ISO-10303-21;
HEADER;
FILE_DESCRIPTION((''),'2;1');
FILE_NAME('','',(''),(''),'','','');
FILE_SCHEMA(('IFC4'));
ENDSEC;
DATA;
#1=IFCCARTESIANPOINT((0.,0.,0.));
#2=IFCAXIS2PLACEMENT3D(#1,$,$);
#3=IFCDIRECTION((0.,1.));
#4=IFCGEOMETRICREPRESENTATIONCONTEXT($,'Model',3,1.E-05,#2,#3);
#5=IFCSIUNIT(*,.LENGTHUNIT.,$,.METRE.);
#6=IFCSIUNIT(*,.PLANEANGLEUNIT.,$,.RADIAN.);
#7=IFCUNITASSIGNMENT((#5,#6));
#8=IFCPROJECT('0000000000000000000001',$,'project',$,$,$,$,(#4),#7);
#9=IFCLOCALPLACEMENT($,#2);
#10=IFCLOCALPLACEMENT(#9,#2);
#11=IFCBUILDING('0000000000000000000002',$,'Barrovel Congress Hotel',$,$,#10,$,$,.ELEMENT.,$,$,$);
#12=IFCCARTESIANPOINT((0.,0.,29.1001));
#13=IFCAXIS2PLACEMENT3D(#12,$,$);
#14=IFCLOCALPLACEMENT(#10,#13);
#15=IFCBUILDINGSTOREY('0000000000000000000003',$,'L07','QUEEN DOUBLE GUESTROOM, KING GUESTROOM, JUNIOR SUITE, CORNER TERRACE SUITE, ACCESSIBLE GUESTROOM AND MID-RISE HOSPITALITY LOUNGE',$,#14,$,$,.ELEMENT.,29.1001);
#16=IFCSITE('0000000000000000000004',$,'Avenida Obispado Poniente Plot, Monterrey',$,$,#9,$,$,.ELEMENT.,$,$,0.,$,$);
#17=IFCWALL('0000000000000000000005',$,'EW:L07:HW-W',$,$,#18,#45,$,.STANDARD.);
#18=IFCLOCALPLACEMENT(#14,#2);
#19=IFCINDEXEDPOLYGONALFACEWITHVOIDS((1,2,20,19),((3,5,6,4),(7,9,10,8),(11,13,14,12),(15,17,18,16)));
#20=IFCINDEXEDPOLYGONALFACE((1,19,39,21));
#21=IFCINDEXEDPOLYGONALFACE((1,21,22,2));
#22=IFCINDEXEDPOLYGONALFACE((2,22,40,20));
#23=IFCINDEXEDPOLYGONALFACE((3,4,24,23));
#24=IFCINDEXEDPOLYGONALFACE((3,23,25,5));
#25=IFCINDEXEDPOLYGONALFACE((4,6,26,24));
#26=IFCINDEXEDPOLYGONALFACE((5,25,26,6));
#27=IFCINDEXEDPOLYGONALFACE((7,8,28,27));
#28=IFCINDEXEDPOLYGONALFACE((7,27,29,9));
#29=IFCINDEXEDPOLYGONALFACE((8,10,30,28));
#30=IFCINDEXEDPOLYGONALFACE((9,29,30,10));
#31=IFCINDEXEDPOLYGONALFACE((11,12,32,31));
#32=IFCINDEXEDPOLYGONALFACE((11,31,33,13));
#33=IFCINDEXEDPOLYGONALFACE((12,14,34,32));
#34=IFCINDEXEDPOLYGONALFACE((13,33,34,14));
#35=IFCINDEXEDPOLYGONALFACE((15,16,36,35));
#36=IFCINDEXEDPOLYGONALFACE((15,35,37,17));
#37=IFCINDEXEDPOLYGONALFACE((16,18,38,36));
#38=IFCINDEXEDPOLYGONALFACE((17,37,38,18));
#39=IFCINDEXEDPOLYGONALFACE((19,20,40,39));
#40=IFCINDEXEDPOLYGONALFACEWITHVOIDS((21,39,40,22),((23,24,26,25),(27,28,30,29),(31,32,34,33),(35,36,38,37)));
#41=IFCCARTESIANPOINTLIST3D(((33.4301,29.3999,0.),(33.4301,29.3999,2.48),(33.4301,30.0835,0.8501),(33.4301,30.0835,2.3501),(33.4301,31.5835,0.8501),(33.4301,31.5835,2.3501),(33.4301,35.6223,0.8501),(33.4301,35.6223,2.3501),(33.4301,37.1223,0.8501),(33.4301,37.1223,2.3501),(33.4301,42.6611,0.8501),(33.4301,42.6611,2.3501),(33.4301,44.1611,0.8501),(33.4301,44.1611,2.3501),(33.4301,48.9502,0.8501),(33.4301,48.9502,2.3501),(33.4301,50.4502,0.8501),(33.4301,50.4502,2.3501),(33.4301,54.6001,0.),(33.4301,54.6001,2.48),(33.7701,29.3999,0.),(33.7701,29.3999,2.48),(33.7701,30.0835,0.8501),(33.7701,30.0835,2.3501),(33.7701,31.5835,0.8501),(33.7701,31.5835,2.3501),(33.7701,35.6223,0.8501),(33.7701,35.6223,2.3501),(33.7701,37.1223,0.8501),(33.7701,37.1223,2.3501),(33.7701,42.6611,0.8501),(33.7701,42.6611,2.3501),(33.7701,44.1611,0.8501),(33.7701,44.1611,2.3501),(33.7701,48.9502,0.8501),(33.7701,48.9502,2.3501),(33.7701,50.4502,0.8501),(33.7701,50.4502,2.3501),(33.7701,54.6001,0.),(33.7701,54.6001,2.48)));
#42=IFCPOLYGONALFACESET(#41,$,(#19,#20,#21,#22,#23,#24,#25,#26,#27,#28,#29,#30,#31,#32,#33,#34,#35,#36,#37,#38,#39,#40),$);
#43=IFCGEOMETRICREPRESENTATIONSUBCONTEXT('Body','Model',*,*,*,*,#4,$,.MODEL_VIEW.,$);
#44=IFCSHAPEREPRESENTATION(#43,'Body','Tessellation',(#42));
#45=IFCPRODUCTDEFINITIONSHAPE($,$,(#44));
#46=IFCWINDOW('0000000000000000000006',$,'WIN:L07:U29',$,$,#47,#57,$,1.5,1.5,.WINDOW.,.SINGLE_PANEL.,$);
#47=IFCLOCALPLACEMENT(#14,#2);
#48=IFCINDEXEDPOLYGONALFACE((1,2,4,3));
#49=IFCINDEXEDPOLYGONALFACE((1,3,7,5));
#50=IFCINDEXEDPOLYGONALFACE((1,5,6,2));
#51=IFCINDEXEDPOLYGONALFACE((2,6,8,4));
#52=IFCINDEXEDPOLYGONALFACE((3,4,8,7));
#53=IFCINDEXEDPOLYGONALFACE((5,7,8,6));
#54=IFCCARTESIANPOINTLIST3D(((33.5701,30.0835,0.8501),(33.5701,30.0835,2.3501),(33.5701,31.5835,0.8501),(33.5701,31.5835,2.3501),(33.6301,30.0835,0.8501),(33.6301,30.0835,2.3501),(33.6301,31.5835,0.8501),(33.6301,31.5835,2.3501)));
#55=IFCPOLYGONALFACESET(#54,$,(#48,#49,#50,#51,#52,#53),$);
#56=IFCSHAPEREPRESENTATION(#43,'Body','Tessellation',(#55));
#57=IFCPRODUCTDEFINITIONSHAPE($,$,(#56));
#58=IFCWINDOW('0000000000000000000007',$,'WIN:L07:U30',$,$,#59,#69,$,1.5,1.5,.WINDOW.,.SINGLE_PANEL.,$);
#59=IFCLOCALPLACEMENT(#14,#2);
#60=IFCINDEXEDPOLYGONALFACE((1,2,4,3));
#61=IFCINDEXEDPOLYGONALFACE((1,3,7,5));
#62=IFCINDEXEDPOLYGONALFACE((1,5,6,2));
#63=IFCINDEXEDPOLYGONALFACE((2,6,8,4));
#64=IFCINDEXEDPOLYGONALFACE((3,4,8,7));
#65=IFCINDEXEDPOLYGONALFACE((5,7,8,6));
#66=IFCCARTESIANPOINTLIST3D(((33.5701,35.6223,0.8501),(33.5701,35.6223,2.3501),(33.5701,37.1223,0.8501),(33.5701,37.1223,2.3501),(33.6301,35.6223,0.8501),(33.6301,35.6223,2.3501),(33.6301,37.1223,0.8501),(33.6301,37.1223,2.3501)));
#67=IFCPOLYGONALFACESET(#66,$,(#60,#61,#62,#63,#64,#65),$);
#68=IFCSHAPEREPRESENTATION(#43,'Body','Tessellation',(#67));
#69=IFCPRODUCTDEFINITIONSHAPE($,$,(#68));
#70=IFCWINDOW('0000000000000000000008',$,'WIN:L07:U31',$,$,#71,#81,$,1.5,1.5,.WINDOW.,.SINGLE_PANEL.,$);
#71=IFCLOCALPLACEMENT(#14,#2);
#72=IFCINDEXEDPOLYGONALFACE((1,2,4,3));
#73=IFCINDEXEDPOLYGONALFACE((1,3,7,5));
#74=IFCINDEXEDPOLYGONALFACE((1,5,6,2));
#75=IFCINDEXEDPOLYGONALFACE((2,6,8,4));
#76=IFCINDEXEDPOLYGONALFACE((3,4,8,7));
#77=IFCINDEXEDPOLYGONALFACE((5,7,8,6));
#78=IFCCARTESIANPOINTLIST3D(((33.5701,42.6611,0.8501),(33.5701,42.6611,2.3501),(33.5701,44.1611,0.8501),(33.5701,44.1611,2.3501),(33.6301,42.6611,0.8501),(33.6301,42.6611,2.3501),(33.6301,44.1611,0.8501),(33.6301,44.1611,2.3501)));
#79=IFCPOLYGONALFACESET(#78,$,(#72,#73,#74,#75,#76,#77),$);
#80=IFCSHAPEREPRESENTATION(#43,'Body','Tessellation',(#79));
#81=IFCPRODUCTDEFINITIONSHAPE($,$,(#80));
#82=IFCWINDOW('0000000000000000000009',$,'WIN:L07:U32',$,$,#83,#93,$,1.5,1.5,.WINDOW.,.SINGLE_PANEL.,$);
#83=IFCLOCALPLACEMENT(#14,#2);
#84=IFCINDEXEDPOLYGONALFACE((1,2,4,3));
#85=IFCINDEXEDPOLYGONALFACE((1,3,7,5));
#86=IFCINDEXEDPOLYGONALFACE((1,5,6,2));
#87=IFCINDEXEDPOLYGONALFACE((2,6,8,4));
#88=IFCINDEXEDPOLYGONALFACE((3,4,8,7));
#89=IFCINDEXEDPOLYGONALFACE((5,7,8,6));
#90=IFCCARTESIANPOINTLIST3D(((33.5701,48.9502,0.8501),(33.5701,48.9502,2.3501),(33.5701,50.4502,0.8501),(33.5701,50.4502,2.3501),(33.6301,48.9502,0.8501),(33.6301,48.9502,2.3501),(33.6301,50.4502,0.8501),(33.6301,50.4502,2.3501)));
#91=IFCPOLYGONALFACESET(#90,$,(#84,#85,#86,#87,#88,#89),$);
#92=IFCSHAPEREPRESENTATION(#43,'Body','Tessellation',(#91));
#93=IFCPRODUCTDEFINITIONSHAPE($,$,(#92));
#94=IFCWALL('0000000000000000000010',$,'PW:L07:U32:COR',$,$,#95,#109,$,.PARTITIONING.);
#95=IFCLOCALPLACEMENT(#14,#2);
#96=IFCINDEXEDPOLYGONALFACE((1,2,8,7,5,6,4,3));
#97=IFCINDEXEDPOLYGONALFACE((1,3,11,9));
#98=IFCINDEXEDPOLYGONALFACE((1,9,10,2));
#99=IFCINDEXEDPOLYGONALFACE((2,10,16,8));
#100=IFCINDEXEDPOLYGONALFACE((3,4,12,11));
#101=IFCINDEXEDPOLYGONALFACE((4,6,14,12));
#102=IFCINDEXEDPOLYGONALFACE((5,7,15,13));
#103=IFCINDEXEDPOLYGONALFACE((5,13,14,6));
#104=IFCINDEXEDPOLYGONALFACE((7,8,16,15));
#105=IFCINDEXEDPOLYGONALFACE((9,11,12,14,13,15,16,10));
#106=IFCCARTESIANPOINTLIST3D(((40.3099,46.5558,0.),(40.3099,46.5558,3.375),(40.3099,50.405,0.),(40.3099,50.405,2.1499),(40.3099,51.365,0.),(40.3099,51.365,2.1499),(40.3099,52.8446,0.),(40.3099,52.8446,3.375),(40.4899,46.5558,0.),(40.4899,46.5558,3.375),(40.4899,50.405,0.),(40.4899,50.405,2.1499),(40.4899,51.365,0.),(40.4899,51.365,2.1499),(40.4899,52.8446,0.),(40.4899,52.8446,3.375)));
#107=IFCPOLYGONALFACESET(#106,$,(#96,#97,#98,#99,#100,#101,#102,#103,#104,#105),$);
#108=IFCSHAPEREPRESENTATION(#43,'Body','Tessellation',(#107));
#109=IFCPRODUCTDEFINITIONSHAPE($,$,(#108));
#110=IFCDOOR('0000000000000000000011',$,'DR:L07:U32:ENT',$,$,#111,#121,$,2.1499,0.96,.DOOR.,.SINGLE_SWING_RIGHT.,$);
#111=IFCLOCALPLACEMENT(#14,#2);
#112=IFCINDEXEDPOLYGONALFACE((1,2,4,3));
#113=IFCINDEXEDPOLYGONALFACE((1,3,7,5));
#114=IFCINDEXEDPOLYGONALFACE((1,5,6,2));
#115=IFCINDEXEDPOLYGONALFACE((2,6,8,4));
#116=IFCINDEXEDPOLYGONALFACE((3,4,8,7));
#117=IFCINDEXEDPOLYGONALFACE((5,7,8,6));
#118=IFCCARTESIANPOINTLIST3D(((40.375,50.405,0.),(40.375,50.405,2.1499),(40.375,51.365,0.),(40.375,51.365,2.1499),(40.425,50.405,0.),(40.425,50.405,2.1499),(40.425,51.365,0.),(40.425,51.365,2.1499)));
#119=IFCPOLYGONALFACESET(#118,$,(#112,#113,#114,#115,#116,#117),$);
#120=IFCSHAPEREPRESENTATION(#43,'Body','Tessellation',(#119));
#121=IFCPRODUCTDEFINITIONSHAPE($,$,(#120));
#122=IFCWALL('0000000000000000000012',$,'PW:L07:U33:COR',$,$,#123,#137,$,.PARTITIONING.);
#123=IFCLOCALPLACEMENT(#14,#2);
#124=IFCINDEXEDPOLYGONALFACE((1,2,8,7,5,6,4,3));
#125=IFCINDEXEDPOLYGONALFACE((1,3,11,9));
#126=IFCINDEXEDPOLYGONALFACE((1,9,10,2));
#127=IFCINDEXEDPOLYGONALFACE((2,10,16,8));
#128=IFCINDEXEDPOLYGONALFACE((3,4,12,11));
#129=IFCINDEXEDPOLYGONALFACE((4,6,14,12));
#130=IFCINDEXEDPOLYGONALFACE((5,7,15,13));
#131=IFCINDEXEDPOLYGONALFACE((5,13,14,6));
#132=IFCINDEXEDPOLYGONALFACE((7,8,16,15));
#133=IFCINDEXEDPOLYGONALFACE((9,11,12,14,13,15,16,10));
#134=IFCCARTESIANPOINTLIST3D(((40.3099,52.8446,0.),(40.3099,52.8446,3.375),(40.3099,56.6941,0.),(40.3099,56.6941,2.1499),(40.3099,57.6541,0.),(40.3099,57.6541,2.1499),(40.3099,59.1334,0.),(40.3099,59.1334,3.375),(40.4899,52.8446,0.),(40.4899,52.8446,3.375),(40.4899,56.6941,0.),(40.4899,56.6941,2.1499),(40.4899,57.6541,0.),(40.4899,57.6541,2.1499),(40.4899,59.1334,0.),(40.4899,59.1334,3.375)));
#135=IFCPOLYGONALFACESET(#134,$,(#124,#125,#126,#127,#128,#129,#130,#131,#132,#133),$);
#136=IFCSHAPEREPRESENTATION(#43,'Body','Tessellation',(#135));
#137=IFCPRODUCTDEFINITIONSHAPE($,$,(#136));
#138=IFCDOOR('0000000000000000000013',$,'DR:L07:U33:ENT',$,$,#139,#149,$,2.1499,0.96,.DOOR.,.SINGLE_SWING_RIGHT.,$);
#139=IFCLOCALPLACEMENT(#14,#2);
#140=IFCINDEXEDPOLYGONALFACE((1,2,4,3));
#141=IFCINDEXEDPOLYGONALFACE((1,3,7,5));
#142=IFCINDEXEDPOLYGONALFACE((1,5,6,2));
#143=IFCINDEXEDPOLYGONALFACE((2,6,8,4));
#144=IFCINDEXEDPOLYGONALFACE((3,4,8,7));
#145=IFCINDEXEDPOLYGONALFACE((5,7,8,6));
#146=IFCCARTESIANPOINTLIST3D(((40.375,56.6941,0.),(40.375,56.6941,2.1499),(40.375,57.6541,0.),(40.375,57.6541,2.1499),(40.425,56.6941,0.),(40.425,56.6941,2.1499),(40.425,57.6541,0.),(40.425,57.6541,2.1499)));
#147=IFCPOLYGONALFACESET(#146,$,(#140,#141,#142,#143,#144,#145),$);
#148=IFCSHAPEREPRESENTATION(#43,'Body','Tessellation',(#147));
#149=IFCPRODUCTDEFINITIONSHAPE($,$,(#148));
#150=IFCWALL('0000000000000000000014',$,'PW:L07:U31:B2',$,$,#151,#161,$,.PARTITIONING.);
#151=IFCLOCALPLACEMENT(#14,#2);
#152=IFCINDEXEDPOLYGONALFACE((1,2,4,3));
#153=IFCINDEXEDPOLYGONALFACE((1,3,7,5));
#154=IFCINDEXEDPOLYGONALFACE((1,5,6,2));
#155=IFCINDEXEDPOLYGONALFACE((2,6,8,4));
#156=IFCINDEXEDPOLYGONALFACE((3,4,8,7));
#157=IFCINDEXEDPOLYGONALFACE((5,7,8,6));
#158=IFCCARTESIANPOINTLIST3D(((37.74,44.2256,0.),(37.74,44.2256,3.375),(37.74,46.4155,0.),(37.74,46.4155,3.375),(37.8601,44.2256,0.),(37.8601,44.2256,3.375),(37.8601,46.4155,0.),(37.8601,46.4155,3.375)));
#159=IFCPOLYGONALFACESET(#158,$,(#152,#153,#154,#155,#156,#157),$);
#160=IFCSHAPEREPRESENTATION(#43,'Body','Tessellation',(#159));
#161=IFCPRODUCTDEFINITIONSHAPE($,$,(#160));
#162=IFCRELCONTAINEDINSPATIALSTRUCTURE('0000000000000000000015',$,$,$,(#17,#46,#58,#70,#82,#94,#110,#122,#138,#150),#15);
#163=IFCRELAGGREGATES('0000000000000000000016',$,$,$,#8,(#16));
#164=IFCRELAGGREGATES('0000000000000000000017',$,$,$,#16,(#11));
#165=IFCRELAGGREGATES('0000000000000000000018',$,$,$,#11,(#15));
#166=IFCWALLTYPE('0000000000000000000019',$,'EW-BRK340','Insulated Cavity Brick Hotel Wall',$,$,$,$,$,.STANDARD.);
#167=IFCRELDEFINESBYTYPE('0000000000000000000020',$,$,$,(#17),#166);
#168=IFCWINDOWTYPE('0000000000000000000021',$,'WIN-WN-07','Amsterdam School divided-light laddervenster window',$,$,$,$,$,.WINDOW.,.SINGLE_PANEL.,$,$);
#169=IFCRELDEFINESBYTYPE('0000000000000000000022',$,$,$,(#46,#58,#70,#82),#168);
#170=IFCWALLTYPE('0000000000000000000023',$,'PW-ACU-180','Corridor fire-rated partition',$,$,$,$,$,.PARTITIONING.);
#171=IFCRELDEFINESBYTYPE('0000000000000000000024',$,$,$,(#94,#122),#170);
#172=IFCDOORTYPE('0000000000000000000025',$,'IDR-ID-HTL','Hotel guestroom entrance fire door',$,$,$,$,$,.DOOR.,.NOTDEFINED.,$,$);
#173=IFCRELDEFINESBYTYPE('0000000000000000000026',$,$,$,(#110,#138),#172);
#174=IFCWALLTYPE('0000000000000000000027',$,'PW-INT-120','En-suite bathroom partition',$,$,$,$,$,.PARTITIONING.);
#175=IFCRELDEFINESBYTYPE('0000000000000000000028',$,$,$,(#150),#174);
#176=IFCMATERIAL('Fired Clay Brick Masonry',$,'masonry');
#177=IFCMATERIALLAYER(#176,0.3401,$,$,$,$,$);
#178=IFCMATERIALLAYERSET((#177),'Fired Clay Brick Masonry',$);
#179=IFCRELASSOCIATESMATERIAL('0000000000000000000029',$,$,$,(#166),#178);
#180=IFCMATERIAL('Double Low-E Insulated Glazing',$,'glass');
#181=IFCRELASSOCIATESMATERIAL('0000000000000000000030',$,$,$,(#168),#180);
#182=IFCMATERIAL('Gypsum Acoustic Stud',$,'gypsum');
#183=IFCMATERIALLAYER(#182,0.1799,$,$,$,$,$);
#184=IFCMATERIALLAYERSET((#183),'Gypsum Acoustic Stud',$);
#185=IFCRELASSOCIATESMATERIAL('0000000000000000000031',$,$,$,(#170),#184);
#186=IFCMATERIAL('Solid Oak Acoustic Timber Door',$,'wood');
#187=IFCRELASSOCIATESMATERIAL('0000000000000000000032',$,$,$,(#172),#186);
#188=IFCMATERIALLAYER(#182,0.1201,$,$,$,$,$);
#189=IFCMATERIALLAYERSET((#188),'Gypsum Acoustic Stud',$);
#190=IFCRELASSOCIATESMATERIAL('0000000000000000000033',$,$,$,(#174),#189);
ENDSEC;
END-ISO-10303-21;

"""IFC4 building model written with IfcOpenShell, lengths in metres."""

from ifc_helpers import new_model, si_unit, direction, frame, frame_2d, origin, place, context, subcontext, project, spatial, rectangle, extrude, material, layer, layer_set, type_object, element, fill, save


model = new_model("IFC4")

# Units and contexts
model_context = context("Model", 3, precision=1e-05, world=origin(), true_north=direction((0.0, 1.0)))
body_context = subcontext(model_context, "Body", "Model", "MODEL_VIEW")
ifc_project = project(units=[si_unit("LENGTHUNIT", "METRE"), si_unit("PLANEANGLEUNIT", "RADIAN")], contexts=[model_context])

# Site, building, storey
site_placement = place(None, origin())
site = spatial("IfcSite", under=ifc_project, at=site_placement, Name="Avenida Obispado Poniente Plot, Monterrey", CompositionType="ELEMENT", RefElevation=0.0)
building_placement = place(site_placement, origin())
building = spatial("IfcBuilding", under=site, at=building_placement, Name="Barrovel Congress Hotel", CompositionType="ELEMENT")
storey_placement = place(building_placement, frame((0.0, 0.0, 29.1001)))
storey = spatial("IfcBuildingStorey", under=building, at=storey_placement, Name="L07", Description="QUEEN DOUBLE GUESTROOM, KING GUESTROOM, JUNIOR SUITE, CORNER TERRACE SUITE, ACCESSIBLE GUESTROOM AND MID-RISE HOSPITALITY LOUNGE", CompositionType="ELEMENT", Elevation=29.1001)

# Wall, openings, windows
ifc_material_1 = material(Name="Fired Clay Brick Masonry", Category="masonry")
ifc_layer_1 = layer(ifc_material_1, 0.3401)
ifc_layer_set_1 = layer_set([ifc_layer_1], Name="Fired Clay Brick Masonry")
wall_type_1 = type_object("IfcWallType", Name="EW-BRK340", Description="Insulated Cavity Brick Hotel Wall", PredefinedType="STANDARD", material=ifc_layer_set_1)
wall_1_placement = place(storey_placement, frame((33.6001, 54.6001, 0.0), z_axis=(0.0, 0.0, 1.0), x_axis=(0.0, -1.0, 0.0)))
wall_1 = element("IfcWall", 1, at=wall_1_placement, inside=storey, type_object=wall_type_1, Name="EW:L07:HW-W", PredefinedType="STANDARD", context=body_context, shape_type="SweptSolid", body=[
    extrude(rectangle(XDim=25.2002, YDim=0.3401, at=frame_2d((12.6001, 0.0))), origin(), (0.0, 0.0, 1.0), 2.48),
])
opening_1_placement = place(wall_1_placement, frame((23.0166, 0.0, 0.8501)))
opening_1 = element("IfcOpeningElement", 2, at=opening_1_placement, cuts=wall_1, PredefinedType="OPENING", context=body_context, shape_type="SweptSolid", body=[
    extrude(rectangle(XDim=1.5, YDim=1.5, at=frame_2d((0.75, 0.75))), frame((0.0, 0.1802, 0.0), z_axis=(0.0, -1.0, 0.0), x_axis=(1.0, 0.0, 0.0)), (0.0, 0.0, 1.0), 0.3601),
])
opening_2_placement = place(wall_1_placement, frame((17.4778, 0.0, 0.8501)))
opening_2 = element("IfcOpeningElement", 3, at=opening_2_placement, cuts=wall_1, PredefinedType="OPENING", context=body_context, shape_type="SweptSolid", body=[
    extrude(rectangle(XDim=1.5, YDim=1.5, at=frame_2d((0.75, 0.75))), frame((0.0, 0.1802, 0.0), z_axis=(0.0, -1.0, 0.0), x_axis=(1.0, 0.0, 0.0)), (0.0, 0.0, 1.0), 0.3601),
])
opening_3_placement = place(wall_1_placement, frame((10.439, 0.0, 0.8501)))
opening_3 = element("IfcOpeningElement", 4, at=opening_3_placement, cuts=wall_1, PredefinedType="OPENING", context=body_context, shape_type="SweptSolid", body=[
    extrude(rectangle(XDim=1.5, YDim=1.5, at=frame_2d((0.75, 0.75))), frame((0.0, 0.1802, 0.0), z_axis=(0.0, -1.0, 0.0), x_axis=(1.0, 0.0, 0.0)), (0.0, 0.0, 1.0), 0.3601),
])
opening_4_placement = place(wall_1_placement, frame((4.1499, 0.0, 0.8501)))
opening_4 = element("IfcOpeningElement", 5, at=opening_4_placement, cuts=wall_1, PredefinedType="OPENING", context=body_context, shape_type="SweptSolid", body=[
    extrude(rectangle(XDim=1.5, YDim=1.5, at=frame_2d((0.75, 0.75))), frame((0.0, 0.1802, 0.0), z_axis=(0.0, -1.0, 0.0), x_axis=(1.0, 0.0, 0.0)), (0.0, 0.0, 1.0), 0.3601),
])
ifc_material_2 = material(Name="Double Low-E Insulated Glazing", Category="glass")
window_type = type_object("IfcWindowType", Name="WIN-WN-07", Description="Amsterdam School divided-light laddervenster window", PartitioningType="SINGLE_PANEL", PredefinedType="WINDOW", material=ifc_material_2)
window_1_placement = place(opening_1_placement, origin())
window_1 = element("IfcWindow", 6, at=window_1_placement, inside=storey, type_object=window_type, Name="WIN:L07:U29", OverallHeight=1.5, OverallWidth=1.5, PartitioningType="SINGLE_PANEL", PredefinedType="WINDOW", context=body_context, shape_type="SweptSolid", body=[
    extrude(rectangle(XDim=1.5, YDim=1.5, at=frame_2d((0.75, 0.75))), frame((0.0, 0.03, 0.0), z_axis=(0.0, -1.0, 0.0), x_axis=(1.0, 0.0, 0.0)), (0.0, 0.0, 1.0), 0.0601),
])
fill(opening_1, window_1)
window_2_placement = place(opening_2_placement, origin())
window_2 = element("IfcWindow", 7, at=window_2_placement, inside=storey, type_object=window_type, Name="WIN:L07:U30", OverallHeight=1.5, OverallWidth=1.5, PartitioningType="SINGLE_PANEL", PredefinedType="WINDOW", context=body_context, shape_type="SweptSolid", body=[
    extrude(rectangle(XDim=1.5, YDim=1.5, at=frame_2d((0.75, 0.75))), frame((0.0, 0.03, 0.0), z_axis=(0.0, -1.0, 0.0), x_axis=(1.0, 0.0, 0.0)), (0.0, 0.0, 1.0), 0.0601),
])
fill(opening_2, window_2)
window_3_placement = place(opening_3_placement, origin())
window_3 = element("IfcWindow", 8, at=window_3_placement, inside=storey, type_object=window_type, Name="WIN:L07:U31", OverallHeight=1.5, OverallWidth=1.5, PartitioningType="SINGLE_PANEL", PredefinedType="WINDOW", context=body_context, shape_type="SweptSolid", body=[
    extrude(rectangle(XDim=1.5, YDim=1.5, at=frame_2d((0.75, 0.75))), frame((0.0, 0.03, 0.0), z_axis=(0.0, -1.0, 0.0), x_axis=(1.0, 0.0, 0.0)), (0.0, 0.0, 1.0), 0.0601),
])
fill(opening_3, window_3)
window_4_placement = place(opening_4_placement, origin())
window_4 = element("IfcWindow", 9, at=window_4_placement, inside=storey, type_object=window_type, Name="WIN:L07:U32", OverallHeight=1.5, OverallWidth=1.5, PartitioningType="SINGLE_PANEL", PredefinedType="WINDOW", context=body_context, shape_type="SweptSolid", body=[
    extrude(rectangle(XDim=1.5, YDim=1.5, at=frame_2d((0.75, 0.75))), frame((0.0, 0.03, 0.0), z_axis=(0.0, -1.0, 0.0), x_axis=(1.0, 0.0, 0.0)), (0.0, 0.0, 1.0), 0.0601),
])
fill(opening_4, window_4)

# Walls, openings, doors
ifc_material_3 = material(Name="Gypsum Acoustic Stud", Category="gypsum")
ifc_layer_2 = layer(ifc_material_3, 0.1799)
ifc_layer_set_2 = layer_set([ifc_layer_2], Name="Gypsum Acoustic Stud")
wall_type_2 = type_object("IfcWallType", Name="PW-ACU-180", Description="Corridor fire-rated partition", PredefinedType="PARTITIONING", material=ifc_layer_set_2)
wall_2_placement = place(storey_placement, frame((40.3999, 46.5557, 0.0), z_axis=(0.0, 0.0, 1.0), x_axis=(0.0, 1.0, 0.0)))
wall_2 = element("IfcWall", 10, at=wall_2_placement, inside=storey, type_object=wall_type_2, Name="PW:L07:U32:COR", PredefinedType="PARTITIONING", context=body_context, shape_type="SweptSolid", body=[
    extrude(rectangle(XDim=6.2888, YDim=0.1799, at=frame_2d((3.1445, 0.0))), origin(), (0.0, 0.0, 1.0), 3.375),
])
opening_5_placement = place(wall_2_placement, frame((3.8494, 0.0, 0.0)))
opening_5 = element("IfcOpeningElement", 11, at=opening_5_placement, cuts=wall_2, PredefinedType="OPENING", context=body_context, shape_type="SweptSolid", body=[
    extrude(rectangle(XDim=0.96, YDim=2.1499, at=frame_2d((0.48, 1.075))), frame((0.0, 0.1001, 0.0), z_axis=(0.0, -1.0, 0.0), x_axis=(1.0, 0.0, 0.0)), (0.0, 0.0, 1.0), 0.2),
])
ifc_material_4 = material(Name="Solid Oak Acoustic Timber Door", Category="wood")
door_type_1 = type_object("IfcDoorType", Name="IDR-ID-HTL", Description="Hotel guestroom entrance fire door", OperationType="NOTDEFINED", PredefinedType="DOOR", material=ifc_material_4)
door_1_placement = place(opening_5_placement, origin())
door_1 = element("IfcDoor", 12, at=door_1_placement, inside=storey, type_object=door_type_1, Name="DR:L07:U32:ENT", OperationType="SINGLE_SWING_RIGHT", OverallHeight=2.1499, OverallWidth=0.96, PredefinedType="DOOR", context=body_context, shape_type="SweptSolid", body=[
    extrude(rectangle(XDim=0.96, YDim=2.1499, at=frame_2d((0.48, 1.075))), frame((0.0, 0.0249, 0.0), z_axis=(0.0, -1.0, 0.0), x_axis=(1.0, 0.0, 0.0)), (0.0, 0.0, 1.0), 0.05),
])
fill(opening_5, door_1)
wall_3_placement = place(storey_placement, frame((40.3999, 52.8445, 0.0), z_axis=(0.0, 0.0, 1.0), x_axis=(0.0, 1.0, 0.0)))
wall_3 = element("IfcWall", 13, at=wall_3_placement, inside=storey, type_object=wall_type_2, Name="PW:L07:U33:COR", PredefinedType="PARTITIONING", context=body_context, shape_type="SweptSolid", body=[
    extrude(rectangle(XDim=6.2888, YDim=0.1799, at=frame_2d((3.1445, 0.0))), origin(), (0.0, 0.0, 1.0), 3.375),
])
opening_6_placement = place(wall_3_placement, frame((3.8496, 0.0, 0.0)))
opening_6 = element("IfcOpeningElement", 14, at=opening_6_placement, cuts=wall_3, PredefinedType="OPENING", context=body_context, shape_type="SweptSolid", body=[
    extrude(rectangle(XDim=0.96, YDim=2.1499, at=frame_2d((0.48, 1.075))), frame((0.0, 0.1001, 0.0), z_axis=(0.0, -1.0, 0.0), x_axis=(1.0, 0.0, 0.0)), (0.0, 0.0, 1.0), 0.2),
])
door_2_placement = place(opening_6_placement, origin())
door_2 = element("IfcDoor", 15, at=door_2_placement, inside=storey, type_object=door_type_1, Name="DR:L07:U33:ENT", OperationType="SINGLE_SWING_RIGHT", OverallHeight=2.1499, OverallWidth=0.96, PredefinedType="DOOR", context=body_context, shape_type="SweptSolid", body=[
    extrude(rectangle(XDim=0.96, YDim=2.1499, at=frame_2d((0.48, 1.075))), frame((0.0, 0.0249, 0.0), z_axis=(0.0, -1.0, 0.0), x_axis=(1.0, 0.0, 0.0)), (0.0, 0.0, 1.0), 0.05),
])
fill(opening_6, door_2)

# Wall
ifc_layer_3 = layer(ifc_material_3, 0.1201)
ifc_layer_set_3 = layer_set([ifc_layer_3], Name="Gypsum Acoustic Stud")
wall_type_3 = type_object("IfcWallType", Name="PW-INT-120", Description="En-suite bathroom partition", PredefinedType="PARTITIONING", material=ifc_layer_set_3)
for number, where, z_axis, x_axis, name in (
    (16, (37.8, 44.2256, 0.0), (0.0, 0.0, 1.0), (0.0, 1.0, 0.0), "PW:L07:U31:B2"),
):
    element("IfcWall", number, at=place(storey_placement, frame(where, z_axis=z_axis, x_axis=x_axis)), inside=storey, type_object=wall_type_3, Name=name, PredefinedType="PARTITIONING", context=body_context, shape_type="SweptSolid", body=[
        extrude(rectangle(XDim=2.1899, YDim=0.1201, at=frame_2d((1.095, 0.0))), origin(), (0.0, 0.0, 1.0), 3.375),
    ])

save(model, "model.ifc")
